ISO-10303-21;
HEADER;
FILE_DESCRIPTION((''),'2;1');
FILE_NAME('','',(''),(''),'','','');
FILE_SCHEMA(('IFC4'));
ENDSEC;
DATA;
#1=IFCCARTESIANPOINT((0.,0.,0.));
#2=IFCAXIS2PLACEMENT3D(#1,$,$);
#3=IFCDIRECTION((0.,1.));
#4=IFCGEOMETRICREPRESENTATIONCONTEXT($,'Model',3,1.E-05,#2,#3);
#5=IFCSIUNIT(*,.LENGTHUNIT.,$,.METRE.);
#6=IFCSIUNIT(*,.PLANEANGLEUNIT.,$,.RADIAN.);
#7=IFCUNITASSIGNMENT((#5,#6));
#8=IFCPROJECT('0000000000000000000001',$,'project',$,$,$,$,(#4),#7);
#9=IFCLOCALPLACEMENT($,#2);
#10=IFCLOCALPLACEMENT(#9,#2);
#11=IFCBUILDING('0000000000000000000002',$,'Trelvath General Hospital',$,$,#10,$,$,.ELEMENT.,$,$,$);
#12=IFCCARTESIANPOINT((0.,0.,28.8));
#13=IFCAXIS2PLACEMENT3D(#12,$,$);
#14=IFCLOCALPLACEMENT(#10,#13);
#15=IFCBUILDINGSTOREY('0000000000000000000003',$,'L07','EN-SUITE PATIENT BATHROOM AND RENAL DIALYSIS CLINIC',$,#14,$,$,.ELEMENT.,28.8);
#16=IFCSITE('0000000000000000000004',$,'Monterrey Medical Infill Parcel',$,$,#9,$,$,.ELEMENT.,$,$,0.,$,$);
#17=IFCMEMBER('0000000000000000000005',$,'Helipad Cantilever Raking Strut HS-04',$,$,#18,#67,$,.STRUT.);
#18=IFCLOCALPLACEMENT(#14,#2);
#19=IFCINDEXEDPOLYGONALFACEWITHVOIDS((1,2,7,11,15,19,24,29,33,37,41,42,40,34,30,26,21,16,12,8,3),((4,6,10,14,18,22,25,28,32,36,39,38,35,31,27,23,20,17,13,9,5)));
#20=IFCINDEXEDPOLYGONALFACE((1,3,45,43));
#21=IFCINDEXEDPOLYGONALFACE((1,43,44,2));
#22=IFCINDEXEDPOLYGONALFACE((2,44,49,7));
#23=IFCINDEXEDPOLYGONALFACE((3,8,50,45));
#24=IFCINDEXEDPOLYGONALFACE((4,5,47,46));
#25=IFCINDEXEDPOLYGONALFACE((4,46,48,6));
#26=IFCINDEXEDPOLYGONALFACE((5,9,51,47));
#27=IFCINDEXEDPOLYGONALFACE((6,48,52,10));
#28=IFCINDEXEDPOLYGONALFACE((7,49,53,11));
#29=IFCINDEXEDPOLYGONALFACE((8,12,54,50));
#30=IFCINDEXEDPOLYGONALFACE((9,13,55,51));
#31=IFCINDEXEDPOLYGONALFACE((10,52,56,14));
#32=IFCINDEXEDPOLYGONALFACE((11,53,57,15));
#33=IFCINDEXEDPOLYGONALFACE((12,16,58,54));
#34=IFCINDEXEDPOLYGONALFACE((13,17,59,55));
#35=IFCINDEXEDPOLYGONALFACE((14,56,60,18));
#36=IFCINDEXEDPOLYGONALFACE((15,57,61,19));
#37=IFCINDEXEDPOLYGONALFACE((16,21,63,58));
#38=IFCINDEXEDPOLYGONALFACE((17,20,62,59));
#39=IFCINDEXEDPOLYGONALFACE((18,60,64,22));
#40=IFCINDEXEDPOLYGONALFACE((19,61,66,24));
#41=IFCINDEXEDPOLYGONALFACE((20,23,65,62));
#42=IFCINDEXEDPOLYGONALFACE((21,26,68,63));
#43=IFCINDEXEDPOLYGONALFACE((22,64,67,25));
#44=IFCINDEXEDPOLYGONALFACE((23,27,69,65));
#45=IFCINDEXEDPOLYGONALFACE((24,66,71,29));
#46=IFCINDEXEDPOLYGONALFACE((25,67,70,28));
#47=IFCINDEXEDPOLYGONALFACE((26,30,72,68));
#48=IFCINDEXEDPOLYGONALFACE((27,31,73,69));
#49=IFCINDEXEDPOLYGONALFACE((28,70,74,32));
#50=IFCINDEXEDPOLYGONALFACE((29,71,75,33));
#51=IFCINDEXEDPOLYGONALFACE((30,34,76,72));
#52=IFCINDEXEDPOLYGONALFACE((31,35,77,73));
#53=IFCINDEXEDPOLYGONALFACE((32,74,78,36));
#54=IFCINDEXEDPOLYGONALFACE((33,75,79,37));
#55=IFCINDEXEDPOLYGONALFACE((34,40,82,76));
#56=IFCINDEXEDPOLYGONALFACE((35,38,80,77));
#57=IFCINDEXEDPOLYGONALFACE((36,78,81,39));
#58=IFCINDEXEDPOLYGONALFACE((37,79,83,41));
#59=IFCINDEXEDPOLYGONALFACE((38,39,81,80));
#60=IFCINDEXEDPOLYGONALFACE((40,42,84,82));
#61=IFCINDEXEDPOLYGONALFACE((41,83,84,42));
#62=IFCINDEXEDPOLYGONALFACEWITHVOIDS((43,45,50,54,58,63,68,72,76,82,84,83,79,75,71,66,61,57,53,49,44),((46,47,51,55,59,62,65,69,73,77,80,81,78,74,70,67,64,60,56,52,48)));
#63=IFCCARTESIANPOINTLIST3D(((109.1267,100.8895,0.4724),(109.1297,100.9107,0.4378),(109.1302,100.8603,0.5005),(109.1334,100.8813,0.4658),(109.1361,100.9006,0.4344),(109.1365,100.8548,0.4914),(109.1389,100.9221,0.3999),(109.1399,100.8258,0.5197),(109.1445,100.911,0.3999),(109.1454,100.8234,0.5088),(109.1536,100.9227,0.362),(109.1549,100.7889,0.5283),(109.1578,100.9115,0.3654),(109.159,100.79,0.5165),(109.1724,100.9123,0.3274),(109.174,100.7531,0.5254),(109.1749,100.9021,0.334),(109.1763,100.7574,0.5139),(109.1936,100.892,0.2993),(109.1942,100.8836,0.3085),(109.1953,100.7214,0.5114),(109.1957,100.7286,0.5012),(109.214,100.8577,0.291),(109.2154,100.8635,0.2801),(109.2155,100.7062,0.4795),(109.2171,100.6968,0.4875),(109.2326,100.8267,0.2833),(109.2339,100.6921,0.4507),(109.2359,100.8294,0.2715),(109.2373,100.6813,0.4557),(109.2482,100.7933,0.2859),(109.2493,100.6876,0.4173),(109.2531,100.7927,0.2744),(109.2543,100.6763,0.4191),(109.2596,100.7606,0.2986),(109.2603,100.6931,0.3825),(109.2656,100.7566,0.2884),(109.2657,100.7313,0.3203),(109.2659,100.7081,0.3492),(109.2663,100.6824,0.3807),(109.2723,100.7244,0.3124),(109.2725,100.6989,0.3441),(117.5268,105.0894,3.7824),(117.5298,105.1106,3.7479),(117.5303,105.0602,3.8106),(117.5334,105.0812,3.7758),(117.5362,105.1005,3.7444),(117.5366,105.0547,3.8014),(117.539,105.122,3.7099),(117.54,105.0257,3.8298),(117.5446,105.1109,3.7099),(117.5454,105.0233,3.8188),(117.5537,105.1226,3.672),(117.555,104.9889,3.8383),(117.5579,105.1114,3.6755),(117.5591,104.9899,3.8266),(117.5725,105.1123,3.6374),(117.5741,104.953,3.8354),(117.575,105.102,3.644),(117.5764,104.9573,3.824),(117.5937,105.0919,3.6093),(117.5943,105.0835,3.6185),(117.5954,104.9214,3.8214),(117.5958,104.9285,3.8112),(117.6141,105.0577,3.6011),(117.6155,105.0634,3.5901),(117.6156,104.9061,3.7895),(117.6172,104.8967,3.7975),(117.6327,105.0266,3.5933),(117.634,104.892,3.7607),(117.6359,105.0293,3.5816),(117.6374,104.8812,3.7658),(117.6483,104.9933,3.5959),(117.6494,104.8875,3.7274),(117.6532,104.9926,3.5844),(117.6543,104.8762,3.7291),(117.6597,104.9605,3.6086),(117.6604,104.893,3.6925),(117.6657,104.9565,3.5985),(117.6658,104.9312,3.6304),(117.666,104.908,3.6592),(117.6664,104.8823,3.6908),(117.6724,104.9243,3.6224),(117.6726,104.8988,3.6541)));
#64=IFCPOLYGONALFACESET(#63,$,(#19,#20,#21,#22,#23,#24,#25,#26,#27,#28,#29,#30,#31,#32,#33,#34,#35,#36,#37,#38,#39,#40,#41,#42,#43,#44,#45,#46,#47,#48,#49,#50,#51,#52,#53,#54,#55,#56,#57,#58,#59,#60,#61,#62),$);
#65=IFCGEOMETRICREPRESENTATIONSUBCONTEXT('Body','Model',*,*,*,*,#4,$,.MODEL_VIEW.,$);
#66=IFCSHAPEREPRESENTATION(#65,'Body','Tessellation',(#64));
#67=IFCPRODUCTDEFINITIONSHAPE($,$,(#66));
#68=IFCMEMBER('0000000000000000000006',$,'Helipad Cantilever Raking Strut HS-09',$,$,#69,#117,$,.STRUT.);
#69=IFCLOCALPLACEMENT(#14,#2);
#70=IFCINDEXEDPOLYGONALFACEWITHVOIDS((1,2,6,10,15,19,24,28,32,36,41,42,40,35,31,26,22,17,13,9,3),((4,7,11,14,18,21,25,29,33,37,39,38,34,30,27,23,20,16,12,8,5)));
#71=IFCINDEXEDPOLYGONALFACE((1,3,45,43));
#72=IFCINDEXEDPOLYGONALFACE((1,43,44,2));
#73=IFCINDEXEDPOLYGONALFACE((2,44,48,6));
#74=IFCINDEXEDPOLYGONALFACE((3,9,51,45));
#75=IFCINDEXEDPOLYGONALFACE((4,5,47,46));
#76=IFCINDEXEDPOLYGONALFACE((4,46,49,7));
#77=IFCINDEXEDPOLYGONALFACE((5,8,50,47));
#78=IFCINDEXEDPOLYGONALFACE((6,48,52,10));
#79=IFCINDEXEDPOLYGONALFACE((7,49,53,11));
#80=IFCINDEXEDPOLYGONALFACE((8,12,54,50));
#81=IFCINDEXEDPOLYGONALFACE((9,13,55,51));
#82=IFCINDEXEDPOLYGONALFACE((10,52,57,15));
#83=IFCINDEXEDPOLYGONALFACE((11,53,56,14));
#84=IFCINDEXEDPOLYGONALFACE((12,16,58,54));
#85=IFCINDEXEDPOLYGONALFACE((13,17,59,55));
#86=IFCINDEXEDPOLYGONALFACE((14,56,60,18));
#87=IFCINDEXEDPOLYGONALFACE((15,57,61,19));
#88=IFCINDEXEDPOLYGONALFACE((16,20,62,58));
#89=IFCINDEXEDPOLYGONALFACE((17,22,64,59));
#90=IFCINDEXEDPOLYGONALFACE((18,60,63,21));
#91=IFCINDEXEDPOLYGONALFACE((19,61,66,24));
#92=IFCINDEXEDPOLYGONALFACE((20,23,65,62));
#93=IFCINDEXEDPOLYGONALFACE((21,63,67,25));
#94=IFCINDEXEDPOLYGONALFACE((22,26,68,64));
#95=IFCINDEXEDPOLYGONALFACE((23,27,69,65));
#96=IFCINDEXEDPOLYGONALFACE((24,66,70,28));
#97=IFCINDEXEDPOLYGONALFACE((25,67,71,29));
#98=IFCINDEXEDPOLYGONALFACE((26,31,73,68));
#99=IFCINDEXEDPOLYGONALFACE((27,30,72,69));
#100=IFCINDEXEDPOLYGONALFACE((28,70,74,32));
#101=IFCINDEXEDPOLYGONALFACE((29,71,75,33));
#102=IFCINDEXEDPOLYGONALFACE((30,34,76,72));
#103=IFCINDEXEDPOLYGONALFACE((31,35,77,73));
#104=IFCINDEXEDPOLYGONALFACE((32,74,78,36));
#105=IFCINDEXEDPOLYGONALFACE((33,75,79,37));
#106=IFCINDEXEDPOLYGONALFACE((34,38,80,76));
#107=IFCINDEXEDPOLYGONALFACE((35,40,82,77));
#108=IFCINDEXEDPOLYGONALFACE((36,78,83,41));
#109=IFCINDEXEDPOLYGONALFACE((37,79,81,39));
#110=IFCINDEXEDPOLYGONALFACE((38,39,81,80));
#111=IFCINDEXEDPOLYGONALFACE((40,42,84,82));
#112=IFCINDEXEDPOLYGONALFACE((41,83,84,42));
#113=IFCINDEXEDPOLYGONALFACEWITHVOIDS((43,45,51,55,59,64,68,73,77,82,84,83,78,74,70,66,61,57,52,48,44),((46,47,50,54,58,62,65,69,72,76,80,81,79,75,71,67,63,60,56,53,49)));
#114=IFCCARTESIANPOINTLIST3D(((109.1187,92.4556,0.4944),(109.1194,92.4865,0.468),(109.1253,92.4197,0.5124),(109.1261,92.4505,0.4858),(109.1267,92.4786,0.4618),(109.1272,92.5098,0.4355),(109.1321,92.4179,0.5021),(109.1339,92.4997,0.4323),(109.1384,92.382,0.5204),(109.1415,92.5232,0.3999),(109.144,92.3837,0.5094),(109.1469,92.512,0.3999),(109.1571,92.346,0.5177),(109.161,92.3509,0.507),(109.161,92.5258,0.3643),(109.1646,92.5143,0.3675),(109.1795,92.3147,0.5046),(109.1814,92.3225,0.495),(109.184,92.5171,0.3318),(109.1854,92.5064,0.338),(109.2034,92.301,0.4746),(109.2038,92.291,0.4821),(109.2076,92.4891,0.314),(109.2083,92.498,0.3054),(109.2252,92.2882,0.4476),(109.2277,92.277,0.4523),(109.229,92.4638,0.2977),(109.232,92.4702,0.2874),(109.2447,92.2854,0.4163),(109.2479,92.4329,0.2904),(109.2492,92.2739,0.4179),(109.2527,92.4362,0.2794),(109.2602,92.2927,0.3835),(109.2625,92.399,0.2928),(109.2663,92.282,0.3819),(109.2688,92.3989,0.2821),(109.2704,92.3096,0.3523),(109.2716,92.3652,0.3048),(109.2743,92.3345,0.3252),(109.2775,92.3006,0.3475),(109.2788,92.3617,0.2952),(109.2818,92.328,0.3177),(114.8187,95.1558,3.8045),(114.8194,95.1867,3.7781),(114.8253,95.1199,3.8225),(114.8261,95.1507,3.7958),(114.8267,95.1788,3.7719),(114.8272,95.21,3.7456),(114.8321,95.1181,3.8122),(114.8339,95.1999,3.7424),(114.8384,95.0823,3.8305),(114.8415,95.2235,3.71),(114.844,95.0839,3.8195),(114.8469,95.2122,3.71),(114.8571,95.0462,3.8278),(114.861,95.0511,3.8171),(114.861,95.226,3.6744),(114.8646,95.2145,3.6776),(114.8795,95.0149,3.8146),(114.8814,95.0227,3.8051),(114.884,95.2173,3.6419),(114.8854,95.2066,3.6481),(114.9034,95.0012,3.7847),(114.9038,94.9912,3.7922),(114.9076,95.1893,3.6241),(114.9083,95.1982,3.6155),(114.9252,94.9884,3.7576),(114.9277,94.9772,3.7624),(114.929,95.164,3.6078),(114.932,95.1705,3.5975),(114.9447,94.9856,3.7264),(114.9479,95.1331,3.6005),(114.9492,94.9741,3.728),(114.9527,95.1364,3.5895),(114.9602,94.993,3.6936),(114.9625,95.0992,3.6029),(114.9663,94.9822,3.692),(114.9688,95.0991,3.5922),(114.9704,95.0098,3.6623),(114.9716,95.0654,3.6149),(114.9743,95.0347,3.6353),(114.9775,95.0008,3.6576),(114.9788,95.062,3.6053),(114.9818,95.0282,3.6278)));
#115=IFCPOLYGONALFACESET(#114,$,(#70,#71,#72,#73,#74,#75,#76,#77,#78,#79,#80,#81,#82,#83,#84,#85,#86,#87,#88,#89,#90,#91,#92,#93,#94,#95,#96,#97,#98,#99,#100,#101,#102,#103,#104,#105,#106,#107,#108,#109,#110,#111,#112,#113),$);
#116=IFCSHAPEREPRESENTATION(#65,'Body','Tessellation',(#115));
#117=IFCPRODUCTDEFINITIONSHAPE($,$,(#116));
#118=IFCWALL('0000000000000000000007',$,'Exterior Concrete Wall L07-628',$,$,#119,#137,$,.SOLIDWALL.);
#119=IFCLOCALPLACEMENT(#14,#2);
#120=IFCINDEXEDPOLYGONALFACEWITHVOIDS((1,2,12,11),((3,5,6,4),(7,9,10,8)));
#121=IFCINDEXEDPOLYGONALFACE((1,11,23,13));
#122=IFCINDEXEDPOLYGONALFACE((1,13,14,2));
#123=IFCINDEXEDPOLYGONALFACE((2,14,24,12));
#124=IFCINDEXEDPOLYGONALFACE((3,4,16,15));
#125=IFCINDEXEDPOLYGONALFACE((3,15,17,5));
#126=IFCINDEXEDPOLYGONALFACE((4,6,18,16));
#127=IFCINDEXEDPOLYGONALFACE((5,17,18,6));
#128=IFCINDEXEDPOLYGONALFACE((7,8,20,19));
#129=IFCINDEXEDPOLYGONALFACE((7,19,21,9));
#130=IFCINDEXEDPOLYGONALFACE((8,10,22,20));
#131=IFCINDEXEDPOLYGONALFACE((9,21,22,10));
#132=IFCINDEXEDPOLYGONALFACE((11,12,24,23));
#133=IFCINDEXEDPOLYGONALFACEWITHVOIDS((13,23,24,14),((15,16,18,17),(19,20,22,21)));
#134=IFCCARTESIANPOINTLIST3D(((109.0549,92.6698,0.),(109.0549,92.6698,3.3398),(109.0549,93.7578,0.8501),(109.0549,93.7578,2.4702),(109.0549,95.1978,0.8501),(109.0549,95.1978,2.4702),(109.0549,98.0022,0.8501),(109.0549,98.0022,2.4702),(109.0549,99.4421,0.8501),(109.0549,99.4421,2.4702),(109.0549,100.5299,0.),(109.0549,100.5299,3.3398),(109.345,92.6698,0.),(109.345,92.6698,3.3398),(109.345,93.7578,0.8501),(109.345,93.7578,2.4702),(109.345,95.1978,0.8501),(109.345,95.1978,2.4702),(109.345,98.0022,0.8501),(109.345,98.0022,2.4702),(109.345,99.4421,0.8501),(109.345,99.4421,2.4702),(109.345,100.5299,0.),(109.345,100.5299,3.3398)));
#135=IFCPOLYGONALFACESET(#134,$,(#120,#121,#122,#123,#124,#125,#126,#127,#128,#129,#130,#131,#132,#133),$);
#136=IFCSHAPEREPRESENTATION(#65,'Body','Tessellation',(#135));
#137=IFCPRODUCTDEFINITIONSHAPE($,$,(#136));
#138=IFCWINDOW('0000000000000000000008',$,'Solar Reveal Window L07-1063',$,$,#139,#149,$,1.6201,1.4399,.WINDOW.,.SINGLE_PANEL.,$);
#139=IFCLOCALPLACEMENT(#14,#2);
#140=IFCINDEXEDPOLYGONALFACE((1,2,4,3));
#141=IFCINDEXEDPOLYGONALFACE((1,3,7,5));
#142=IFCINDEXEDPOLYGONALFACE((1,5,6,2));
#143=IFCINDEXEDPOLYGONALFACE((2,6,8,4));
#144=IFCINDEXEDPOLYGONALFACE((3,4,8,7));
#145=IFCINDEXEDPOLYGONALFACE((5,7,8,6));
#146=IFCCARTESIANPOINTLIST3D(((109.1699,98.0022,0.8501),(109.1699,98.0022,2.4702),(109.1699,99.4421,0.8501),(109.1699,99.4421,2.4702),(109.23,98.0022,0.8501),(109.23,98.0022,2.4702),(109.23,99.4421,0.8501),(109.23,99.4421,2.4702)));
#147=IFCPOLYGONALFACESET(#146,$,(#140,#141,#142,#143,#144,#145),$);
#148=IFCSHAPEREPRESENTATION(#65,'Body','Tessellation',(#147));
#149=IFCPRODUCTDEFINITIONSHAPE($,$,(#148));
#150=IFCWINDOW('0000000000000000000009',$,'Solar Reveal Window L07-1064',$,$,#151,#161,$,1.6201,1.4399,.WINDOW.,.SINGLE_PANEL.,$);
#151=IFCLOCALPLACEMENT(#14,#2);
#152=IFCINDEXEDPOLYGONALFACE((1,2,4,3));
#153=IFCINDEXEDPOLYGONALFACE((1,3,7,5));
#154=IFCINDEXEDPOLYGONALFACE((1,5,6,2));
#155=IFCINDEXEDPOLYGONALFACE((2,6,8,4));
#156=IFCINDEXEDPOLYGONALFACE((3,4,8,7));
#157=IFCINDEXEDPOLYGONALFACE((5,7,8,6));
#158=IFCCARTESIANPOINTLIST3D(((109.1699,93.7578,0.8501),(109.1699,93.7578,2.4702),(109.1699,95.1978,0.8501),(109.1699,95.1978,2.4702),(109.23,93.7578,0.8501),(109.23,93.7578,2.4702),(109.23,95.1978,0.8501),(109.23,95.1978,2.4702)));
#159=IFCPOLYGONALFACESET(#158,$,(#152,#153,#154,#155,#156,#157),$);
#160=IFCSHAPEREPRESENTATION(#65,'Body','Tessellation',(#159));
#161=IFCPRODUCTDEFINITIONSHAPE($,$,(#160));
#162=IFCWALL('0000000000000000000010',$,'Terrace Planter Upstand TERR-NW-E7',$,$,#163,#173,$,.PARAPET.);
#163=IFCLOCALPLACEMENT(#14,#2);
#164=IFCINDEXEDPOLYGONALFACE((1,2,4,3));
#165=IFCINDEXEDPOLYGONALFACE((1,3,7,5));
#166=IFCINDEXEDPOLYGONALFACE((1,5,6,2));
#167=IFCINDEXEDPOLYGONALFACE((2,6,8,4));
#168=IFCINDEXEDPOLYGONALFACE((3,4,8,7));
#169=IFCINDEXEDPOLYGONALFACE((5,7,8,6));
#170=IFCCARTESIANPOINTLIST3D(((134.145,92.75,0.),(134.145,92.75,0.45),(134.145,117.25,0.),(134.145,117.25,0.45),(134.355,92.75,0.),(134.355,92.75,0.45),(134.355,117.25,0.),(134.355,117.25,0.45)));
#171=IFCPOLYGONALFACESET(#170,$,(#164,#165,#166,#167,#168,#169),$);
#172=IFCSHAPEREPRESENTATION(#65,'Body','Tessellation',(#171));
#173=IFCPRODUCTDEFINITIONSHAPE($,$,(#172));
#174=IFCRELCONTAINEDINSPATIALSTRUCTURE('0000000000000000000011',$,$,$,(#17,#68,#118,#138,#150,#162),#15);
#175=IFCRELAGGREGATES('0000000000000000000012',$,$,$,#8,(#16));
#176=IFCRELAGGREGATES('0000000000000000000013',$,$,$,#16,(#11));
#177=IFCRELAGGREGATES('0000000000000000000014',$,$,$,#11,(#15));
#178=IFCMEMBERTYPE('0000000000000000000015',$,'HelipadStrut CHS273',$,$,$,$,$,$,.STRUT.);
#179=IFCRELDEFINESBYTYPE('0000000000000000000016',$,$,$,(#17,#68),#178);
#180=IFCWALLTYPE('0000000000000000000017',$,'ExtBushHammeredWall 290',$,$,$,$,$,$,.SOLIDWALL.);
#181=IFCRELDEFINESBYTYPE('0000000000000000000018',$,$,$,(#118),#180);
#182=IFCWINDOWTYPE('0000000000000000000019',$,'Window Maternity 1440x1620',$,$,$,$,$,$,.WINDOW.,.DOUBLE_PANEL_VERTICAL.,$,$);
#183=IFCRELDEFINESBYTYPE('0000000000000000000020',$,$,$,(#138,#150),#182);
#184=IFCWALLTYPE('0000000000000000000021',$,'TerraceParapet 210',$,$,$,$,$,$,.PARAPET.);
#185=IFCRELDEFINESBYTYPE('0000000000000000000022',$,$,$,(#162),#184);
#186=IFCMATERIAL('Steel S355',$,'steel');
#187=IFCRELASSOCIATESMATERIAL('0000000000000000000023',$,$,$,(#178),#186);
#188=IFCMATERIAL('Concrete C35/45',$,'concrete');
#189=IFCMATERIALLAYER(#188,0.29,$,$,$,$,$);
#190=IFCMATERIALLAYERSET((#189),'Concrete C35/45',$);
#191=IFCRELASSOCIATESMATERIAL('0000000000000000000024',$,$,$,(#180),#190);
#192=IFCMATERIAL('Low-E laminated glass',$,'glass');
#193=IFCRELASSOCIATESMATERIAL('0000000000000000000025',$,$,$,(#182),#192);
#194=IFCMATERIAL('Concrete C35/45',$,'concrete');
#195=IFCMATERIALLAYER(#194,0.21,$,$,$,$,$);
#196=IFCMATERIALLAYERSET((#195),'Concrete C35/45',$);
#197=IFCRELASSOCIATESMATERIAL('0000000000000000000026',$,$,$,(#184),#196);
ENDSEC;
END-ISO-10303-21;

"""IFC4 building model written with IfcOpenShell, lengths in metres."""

from ifc_helpers import new_model, si_unit, direction, frame, frame_2d, origin, origin_2d, place, context, subcontext, project, spatial, rectangle, hollow_circle, extrude, material, layer, layer_set, material_profile, profile_set, type_object, element, fill, save


model = new_model("IFC4")

# Units and contexts
model_context = context("Model", 3, precision=1e-05, world=origin(), true_north=direction((0.0, 1.0)))
body_context = subcontext(model_context, "Body", "Model", "MODEL_VIEW")
ifc_project = project(units=[si_unit("LENGTHUNIT", "METRE"), si_unit("PLANEANGLEUNIT", "RADIAN")], contexts=[model_context])

# Site, building, storey
site_placement = place(None, origin())
site = spatial("IfcSite", under=ifc_project, at=site_placement, Name="Monterrey Medical Infill Parcel", CompositionType="ELEMENT", RefElevation=0.0)
building_placement = place(site_placement, origin())
building = spatial("IfcBuilding", under=site, at=building_placement, Name="Trelvath General Hospital", CompositionType="ELEMENT")
storey_placement = place(building_placement, frame((0.0, 0.0, 28.8)))
storey = spatial("IfcBuildingStorey", under=building, at=storey_placement, Name="L07", Description="EN-SUITE PATIENT BATHROOM AND RENAL DIALYSIS CLINIC", CompositionType="ELEMENT", Elevation=28.8)

# Members
ifc_material_1 = material(Name="Steel S355", Category="steel")
ifc_material_profile_1 = material_profile(ifc_material_1, hollow_circle(Radius=0.1365, WallThickness=0.0125, at=origin_2d()), Name="CHS273.0x12.5")
ifc_profile_set_1 = profile_set([ifc_material_profile_1], Name="Steel S355")
member_type = type_object("IfcMemberType", Name="HelipadStrut CHS273", PredefinedType="STRUT", material=ifc_profile_set_1)
member_1_placement = place(storey_placement, frame((109.2, 100.8, 0.3999), z_axis=(0.843571, 0.421773, 0.332407), x_axis=(-0.447203, 0.894432, 0.0)))
element("IfcMember", 1, at=member_1_placement, inside=storey, type_object=member_type, Name="Helipad Cantilever Raking Strut HS-04", PredefinedType="STRUT", context=body_context, shape_type="SweptSolid", body=[
    extrude(hollow_circle(Radius=0.1365, WallThickness=0.0125, at=origin_2d()), origin(), (0.0, 0.0, 1.0), 9.9578),
])
member_2_placement = place(storey_placement, frame((109.2, 92.3999, 0.3999), z_axis=(0.800219, 0.379082, 0.464701), x_axis=(-0.428115, 0.903724, 0.0)))
element("IfcMember", 2, at=member_2_placement, inside=storey, type_object=member_type, Name="Helipad Cantilever Raking Strut HS-09", PredefinedType="STRUT", context=body_context, shape_type="SweptSolid", body=[
    extrude(hollow_circle(Radius=0.1365, WallThickness=0.0125, at=origin_2d()), origin(), (0.0, 0.0, 1.0), 7.123),
])

# Wall, openings, windows
ifc_material_2 = material(Name="Concrete C35/45", Category="concrete")
ifc_layer_1 = layer(ifc_material_2, 0.29)
ifc_layer_set_1 = layer_set([ifc_layer_1], Name="Concrete C35/45")
wall_type_1 = type_object("IfcWallType", Name="ExtBushHammeredWall 290", PredefinedType="SOLIDWALL", material=ifc_layer_set_1)
wall_1_placement = place(storey_placement, frame((109.2, 100.53, 0.0), z_axis=(0.0, 0.0, 1.0), x_axis=(0.0, -1.0, 0.0)))
wall_1 = element("IfcWall", 3, at=wall_1_placement, inside=storey, type_object=wall_type_1, Name="Exterior Concrete Wall L07-628", PredefinedType="SOLIDWALL", context=body_context, shape_type="SweptSolid", body=[
    extrude(rectangle(XDim=7.8601, YDim=0.29, at=frame_2d((3.9302, 0.0))), origin(), (0.0, 0.0, 1.0), 3.3398),
])
opening_1_placement = place(wall_1_placement, frame((1.0879, 0.0, 0.8501)))
opening_1 = element("IfcOpeningElement", 4, at=opening_1_placement, cuts=wall_1, PredefinedType="OPENING", context=body_context, shape_type="SweptSolid", body=[
    extrude(rectangle(XDim=1.4399, YDim=1.6201, at=frame_2d((0.72, 0.8101))), frame((0.0, 0.155, 0.0), z_axis=(0.0, -1.0, 0.0), x_axis=(1.0, 0.0, 0.0)), (0.0, 0.0, 1.0), 0.3101),
])
opening_2_placement = place(wall_1_placement, frame((5.3323, 0.0, 0.8501)))
opening_2 = element("IfcOpeningElement", 5, at=opening_2_placement, cuts=wall_1, PredefinedType="OPENING", context=body_context, shape_type="SweptSolid", body=[
    extrude(rectangle(XDim=1.4399, YDim=1.6201, at=frame_2d((0.72, 0.8101))), frame((0.0, 0.155, 0.0), z_axis=(0.0, -1.0, 0.0), x_axis=(1.0, 0.0, 0.0)), (0.0, 0.0, 1.0), 0.3101),
])
ifc_material_3 = material(Name="Low-E laminated glass", Category="glass")
window_type = type_object("IfcWindowType", Name="Window Maternity 1440x1620", PartitioningType="DOUBLE_PANEL_VERTICAL", PredefinedType="WINDOW", material=ifc_material_3)
window_1_placement = place(opening_1_placement, origin())
window_1 = element("IfcWindow", 6, at=window_1_placement, inside=storey, type_object=window_type, Name="Solar Reveal Window L07-1063", OverallHeight=1.6201, OverallWidth=1.4399, PartitioningType="SINGLE_PANEL", PredefinedType="WINDOW", context=body_context, shape_type="SweptSolid", body=[
    extrude(rectangle(XDim=1.4399, YDim=1.6201, at=frame_2d((0.72, 0.8101))), frame((0.0, 0.03, 0.0), z_axis=(0.0, -1.0, 0.0), x_axis=(1.0, 0.0, 0.0)), (0.0, 0.0, 1.0), 0.0601),
])
fill(opening_1, window_1)
window_2_placement = place(opening_2_placement, origin())
window_2 = element("IfcWindow", 7, at=window_2_placement, inside=storey, type_object=window_type, Name="Solar Reveal Window L07-1064", OverallHeight=1.6201, OverallWidth=1.4399, PartitioningType="SINGLE_PANEL", PredefinedType="WINDOW", context=body_context, shape_type="SweptSolid", body=[
    extrude(rectangle(XDim=1.4399, YDim=1.6201, at=frame_2d((0.72, 0.8101))), frame((0.0, 0.03, 0.0), z_axis=(0.0, -1.0, 0.0), x_axis=(1.0, 0.0, 0.0)), (0.0, 0.0, 1.0), 0.0601),
])
fill(opening_2, window_2)

# Wall
ifc_material_4 = material(Name="Concrete C35/45", Category="concrete")
ifc_layer_2 = layer(ifc_material_4, 0.21)
ifc_layer_set_2 = layer_set([ifc_layer_2], Name="Concrete C35/45")
wall_type_2 = type_object("IfcWallType", Name="TerraceParapet 210", PredefinedType="PARAPET", material=ifc_layer_set_2)
wall_2_placement = place(storey_placement, frame((134.25, 92.75, 0.0), z_axis=(0.0, 0.0, 1.0), x_axis=(0.0, 1.0, 0.0)))
element("IfcWall", 8, at=wall_2_placement, inside=storey, type_object=wall_type_2, Name="Terrace Planter Upstand TERR-NW-E7", PredefinedType="PARAPET", context=body_context, shape_type="SweptSolid", body=[
    extrude(rectangle(XDim=24.5, YDim=0.21, at=frame_2d((12.25, 0.0))), origin(), (0.0, 0.0, 1.0), 0.45),
])

save(model, "model.ifc")
